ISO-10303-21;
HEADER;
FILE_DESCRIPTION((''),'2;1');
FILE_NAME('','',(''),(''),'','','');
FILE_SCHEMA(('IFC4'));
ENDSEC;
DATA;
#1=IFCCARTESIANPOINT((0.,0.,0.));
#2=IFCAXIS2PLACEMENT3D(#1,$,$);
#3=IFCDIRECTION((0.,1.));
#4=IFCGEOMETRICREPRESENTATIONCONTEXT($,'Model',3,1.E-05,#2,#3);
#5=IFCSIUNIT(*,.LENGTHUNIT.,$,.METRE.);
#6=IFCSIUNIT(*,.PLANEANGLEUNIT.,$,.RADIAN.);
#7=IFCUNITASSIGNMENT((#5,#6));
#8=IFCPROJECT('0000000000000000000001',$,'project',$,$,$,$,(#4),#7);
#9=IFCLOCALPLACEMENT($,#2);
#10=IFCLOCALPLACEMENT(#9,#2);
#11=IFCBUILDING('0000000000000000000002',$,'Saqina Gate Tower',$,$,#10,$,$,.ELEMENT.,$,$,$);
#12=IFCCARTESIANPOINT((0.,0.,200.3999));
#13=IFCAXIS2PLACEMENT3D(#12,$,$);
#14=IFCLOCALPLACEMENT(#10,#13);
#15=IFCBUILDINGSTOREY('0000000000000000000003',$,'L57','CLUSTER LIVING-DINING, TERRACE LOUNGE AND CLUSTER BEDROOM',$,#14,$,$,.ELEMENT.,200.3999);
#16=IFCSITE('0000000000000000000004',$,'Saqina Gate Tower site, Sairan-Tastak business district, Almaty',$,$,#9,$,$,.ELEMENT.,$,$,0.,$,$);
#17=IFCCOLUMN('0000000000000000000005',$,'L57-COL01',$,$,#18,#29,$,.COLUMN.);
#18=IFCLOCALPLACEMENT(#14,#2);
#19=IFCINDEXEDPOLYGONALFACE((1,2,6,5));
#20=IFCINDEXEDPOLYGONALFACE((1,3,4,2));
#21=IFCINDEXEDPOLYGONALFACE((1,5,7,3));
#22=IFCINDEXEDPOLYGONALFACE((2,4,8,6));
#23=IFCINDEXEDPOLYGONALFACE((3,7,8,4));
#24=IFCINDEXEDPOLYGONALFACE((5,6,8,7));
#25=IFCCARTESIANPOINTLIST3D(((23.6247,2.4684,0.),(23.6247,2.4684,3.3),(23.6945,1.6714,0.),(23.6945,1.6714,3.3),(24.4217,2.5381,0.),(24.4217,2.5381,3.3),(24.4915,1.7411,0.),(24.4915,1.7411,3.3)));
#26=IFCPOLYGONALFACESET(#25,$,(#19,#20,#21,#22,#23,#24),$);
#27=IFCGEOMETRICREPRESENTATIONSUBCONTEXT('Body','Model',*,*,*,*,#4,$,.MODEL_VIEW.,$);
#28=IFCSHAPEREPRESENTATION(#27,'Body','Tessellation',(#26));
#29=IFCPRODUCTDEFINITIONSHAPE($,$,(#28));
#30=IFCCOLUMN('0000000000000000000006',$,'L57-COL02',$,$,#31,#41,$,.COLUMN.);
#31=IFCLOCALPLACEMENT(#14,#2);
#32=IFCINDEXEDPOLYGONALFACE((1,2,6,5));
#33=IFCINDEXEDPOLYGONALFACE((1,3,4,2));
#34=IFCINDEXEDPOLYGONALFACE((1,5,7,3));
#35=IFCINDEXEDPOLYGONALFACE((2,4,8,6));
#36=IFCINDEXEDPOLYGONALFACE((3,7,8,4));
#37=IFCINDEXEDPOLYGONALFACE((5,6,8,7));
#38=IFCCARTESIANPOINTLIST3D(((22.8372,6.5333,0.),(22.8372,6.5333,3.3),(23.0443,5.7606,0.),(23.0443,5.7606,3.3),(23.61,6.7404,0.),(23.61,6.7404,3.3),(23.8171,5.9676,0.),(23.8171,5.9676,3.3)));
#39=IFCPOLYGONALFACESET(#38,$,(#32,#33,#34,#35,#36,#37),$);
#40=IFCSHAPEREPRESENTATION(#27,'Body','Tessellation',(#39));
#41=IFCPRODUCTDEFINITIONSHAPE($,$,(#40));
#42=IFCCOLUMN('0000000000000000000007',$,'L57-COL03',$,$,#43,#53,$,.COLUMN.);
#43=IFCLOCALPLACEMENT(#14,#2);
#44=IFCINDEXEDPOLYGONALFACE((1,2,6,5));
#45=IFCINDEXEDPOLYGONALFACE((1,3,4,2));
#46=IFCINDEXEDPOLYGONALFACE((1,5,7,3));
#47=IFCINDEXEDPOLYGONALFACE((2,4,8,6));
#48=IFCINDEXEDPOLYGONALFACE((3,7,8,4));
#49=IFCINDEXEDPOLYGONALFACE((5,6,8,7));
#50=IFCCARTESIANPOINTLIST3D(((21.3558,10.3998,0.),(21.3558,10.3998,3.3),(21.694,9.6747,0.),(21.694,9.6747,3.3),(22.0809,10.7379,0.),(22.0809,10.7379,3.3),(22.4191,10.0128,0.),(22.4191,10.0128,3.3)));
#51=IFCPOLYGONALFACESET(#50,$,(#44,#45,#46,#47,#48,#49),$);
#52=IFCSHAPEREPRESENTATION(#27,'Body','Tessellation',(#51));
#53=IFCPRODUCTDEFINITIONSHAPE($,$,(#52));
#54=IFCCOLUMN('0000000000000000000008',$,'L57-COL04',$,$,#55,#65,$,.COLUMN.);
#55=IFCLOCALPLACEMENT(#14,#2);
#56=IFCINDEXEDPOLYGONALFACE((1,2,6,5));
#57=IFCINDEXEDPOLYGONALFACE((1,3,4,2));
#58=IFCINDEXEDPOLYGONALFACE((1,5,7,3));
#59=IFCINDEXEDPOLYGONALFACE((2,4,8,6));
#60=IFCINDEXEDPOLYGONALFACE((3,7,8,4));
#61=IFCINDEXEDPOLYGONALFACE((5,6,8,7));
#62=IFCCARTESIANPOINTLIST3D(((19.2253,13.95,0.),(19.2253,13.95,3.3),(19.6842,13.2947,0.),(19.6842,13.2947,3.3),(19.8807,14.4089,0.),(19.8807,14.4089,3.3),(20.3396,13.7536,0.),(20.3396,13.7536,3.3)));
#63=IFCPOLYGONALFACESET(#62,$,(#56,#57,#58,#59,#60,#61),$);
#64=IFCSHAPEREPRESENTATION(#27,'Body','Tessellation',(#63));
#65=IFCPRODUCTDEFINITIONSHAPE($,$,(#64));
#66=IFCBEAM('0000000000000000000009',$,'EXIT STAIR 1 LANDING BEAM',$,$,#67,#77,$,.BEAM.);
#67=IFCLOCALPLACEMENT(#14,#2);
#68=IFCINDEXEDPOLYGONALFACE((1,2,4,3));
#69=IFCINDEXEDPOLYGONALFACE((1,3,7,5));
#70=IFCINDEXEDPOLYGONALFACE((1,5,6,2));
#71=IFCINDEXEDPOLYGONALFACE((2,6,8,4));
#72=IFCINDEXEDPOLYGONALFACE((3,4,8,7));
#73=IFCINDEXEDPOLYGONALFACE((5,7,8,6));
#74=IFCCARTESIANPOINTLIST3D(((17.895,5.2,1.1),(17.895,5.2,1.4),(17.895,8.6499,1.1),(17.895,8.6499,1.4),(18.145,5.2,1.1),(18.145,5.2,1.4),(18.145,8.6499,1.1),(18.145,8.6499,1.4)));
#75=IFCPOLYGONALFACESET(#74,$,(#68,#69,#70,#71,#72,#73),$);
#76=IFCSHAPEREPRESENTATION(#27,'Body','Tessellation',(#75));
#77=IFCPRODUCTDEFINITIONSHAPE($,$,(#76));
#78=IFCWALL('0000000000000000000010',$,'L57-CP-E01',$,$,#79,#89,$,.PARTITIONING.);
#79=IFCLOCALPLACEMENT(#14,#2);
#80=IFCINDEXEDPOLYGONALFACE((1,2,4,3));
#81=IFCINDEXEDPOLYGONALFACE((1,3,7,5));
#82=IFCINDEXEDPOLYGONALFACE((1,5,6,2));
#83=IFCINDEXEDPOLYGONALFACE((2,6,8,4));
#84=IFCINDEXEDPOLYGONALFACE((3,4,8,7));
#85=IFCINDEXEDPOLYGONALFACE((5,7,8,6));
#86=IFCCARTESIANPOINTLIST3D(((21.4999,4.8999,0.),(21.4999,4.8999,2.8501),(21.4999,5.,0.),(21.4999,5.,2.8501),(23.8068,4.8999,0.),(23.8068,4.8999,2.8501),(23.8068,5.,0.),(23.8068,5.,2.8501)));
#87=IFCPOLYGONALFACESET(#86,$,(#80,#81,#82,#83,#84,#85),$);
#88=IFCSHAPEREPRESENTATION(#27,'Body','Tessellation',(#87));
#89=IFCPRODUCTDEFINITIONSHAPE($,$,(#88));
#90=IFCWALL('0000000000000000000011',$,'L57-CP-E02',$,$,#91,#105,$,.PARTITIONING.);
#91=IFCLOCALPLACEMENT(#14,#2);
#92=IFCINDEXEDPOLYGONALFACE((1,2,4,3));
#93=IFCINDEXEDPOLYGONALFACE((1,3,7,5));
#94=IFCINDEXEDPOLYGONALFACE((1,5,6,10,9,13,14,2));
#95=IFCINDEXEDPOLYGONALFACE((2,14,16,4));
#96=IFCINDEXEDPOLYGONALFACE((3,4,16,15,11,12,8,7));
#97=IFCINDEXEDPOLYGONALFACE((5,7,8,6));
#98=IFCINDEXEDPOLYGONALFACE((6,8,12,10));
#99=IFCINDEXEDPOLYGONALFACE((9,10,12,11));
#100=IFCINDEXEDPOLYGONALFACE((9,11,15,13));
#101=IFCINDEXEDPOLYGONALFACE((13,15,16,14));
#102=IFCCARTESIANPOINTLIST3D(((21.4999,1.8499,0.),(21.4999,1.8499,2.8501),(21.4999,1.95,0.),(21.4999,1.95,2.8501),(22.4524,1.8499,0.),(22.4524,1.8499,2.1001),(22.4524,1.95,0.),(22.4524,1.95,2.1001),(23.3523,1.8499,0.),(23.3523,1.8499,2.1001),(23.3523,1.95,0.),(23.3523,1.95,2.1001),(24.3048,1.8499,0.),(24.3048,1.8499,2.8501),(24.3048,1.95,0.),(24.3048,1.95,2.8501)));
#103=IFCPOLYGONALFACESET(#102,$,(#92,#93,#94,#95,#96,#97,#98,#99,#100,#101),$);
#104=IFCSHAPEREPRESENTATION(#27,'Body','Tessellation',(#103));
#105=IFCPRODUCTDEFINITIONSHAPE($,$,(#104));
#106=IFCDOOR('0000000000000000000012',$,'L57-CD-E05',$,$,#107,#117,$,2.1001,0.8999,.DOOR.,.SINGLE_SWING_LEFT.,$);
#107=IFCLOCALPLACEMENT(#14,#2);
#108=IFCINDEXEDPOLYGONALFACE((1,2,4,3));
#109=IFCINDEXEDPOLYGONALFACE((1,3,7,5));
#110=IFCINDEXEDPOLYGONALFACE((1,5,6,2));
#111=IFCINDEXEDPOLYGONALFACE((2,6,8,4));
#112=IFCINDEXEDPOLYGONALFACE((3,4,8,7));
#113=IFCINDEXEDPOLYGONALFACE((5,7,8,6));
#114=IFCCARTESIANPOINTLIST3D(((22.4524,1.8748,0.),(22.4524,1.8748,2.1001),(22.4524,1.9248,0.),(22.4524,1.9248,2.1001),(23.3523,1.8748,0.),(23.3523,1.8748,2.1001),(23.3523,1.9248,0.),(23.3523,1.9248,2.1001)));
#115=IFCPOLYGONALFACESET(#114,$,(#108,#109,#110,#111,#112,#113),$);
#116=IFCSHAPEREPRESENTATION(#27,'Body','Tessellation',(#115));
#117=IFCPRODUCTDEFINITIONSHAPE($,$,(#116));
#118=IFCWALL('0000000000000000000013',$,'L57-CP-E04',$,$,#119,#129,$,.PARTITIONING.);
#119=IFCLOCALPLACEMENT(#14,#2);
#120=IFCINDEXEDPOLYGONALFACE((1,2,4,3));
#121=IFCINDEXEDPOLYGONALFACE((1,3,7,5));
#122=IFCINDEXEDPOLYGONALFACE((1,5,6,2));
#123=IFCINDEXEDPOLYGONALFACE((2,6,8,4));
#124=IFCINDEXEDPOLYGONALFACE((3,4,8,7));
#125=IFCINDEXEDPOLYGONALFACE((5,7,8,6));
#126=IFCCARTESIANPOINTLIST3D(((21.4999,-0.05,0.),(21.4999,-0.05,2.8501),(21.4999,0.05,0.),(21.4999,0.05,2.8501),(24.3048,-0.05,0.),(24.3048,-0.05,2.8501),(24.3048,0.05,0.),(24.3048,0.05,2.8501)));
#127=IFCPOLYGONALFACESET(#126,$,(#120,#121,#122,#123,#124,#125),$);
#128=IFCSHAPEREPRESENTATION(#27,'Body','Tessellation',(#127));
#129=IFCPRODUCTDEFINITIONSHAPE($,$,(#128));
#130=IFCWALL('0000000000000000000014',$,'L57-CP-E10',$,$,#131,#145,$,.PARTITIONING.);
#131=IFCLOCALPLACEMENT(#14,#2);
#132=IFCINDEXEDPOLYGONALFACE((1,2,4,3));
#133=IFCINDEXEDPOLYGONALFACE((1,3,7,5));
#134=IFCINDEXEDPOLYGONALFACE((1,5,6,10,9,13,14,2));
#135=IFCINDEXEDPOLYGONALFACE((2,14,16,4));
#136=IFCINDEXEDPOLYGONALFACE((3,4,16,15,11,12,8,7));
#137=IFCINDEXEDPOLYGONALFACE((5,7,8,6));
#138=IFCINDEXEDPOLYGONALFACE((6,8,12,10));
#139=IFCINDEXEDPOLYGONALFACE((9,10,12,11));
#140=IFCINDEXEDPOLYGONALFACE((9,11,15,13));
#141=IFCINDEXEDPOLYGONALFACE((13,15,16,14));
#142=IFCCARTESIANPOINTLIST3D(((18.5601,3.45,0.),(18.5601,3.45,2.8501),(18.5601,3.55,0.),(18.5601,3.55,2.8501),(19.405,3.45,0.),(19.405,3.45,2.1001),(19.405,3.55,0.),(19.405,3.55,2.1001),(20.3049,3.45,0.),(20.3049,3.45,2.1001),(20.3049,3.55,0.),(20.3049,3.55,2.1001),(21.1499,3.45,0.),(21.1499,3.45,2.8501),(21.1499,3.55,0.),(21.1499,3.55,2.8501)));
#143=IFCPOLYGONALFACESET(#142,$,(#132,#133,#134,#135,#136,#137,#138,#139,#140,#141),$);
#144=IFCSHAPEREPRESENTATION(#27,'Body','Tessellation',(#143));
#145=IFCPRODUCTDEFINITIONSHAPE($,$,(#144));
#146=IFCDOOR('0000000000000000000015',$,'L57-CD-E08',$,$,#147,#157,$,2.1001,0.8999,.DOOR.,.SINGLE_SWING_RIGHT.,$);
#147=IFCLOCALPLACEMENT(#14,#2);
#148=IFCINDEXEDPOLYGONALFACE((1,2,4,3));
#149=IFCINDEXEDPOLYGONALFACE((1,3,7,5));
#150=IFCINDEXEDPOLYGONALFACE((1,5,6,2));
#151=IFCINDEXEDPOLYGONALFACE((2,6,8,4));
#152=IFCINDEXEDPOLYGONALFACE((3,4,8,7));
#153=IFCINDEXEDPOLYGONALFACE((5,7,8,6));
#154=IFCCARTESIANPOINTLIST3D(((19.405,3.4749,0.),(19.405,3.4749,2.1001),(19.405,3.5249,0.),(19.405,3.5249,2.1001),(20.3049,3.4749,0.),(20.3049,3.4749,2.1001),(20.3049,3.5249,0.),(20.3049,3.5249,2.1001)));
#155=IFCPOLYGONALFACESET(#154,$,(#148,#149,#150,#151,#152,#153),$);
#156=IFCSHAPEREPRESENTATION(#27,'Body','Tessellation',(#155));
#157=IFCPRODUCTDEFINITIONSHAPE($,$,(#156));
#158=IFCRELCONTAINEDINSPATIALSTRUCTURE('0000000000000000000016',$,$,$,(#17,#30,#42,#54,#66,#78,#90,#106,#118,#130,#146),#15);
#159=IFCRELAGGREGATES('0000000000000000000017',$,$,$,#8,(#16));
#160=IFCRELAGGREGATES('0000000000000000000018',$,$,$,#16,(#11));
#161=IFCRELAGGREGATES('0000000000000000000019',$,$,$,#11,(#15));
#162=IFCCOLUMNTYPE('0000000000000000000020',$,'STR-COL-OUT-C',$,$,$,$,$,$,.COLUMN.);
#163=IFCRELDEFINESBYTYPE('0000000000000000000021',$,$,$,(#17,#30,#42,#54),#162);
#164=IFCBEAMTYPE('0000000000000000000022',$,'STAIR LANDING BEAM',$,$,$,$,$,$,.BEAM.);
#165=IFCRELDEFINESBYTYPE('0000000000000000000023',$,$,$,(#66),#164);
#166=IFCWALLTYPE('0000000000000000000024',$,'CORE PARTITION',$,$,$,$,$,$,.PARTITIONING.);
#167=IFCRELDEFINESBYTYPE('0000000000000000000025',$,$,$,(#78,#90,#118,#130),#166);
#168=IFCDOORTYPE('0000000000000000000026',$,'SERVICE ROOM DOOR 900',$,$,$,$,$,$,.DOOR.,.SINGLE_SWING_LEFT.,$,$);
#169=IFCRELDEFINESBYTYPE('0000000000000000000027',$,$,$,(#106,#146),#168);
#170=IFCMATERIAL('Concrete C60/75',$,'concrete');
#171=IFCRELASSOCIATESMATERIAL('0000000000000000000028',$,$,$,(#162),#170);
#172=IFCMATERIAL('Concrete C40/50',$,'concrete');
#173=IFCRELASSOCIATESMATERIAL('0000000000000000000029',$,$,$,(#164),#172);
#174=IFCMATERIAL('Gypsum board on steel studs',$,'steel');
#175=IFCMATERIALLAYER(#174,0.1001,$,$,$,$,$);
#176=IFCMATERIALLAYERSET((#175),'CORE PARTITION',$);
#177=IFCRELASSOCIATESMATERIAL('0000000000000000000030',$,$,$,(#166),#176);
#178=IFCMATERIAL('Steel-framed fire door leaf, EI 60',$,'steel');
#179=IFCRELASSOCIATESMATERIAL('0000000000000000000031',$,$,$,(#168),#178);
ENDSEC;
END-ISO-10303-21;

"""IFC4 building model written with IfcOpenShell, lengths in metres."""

from ifc_helpers import new_model, si_unit, direction, frame, frame_2d, origin, origin_2d, place, context, subcontext, project, spatial, rectangle, extrude, material, layer, layer_set, material_profile, profile_set, type_object, element, fill, save


model = new_model("IFC4")

# Units and contexts
model_context = context("Model", 3, precision=1e-05, world=origin(), true_north=direction((0.0, 1.0)))
body_context = subcontext(model_context, "Body", "Model", "MODEL_VIEW")
ifc_project = project(units=[si_unit("LENGTHUNIT", "METRE"), si_unit("PLANEANGLEUNIT", "RADIAN")], contexts=[model_context])

# Site, building, storey
site_placement = place(None, origin())
site = spatial("IfcSite", under=ifc_project, at=site_placement, Name="Saqina Gate Tower site, Sairan-Tastak business district, Almaty", CompositionType="ELEMENT", RefElevation=0.0)
building_placement = place(site_placement, origin())
building = spatial("IfcBuilding", under=site, at=building_placement, Name="Saqina Gate Tower", CompositionType="ELEMENT")
storey_placement = place(building_placement, frame((0.0, 0.0, 200.3999)))
storey = spatial("IfcBuildingStorey", under=building, at=storey_placement, Name="L57", Description="CLUSTER LIVING-DINING, TERRACE LOUNGE AND CLUSTER BEDROOM", CompositionType="ELEMENT", Elevation=200.3999)

# Columns
ifc_material_1 = material(Name="Concrete C60/75", Category="concrete")
ifc_material_profile_1 = material_profile(ifc_material_1, rectangle(XDim=0.8, YDim=0.8, at=origin_2d()), Name="RC 800x800")
ifc_profile_set_1 = profile_set([ifc_material_profile_1], Name="Concrete C60/75")
column_type = type_object("IfcColumnType", Name="STR-COL-OUT-C", PredefinedType="COLUMN", material=ifc_profile_set_1)
for number, where, z_axis, x_axis, name in (
    (1, (24.0581, 2.1047, 0.0), (0.0, 0.0, 1.0), (0.996195, 0.087156, 0.0), "L57-COL01"),
    (2, (23.3271, 6.2505, 0.0), (0.0, 0.0, 1.0), (0.965926, 0.258819, 0.0), "L57-COL02"),
    (3, (21.8875, 10.2063, 0.0), (0.0, 0.0, 1.0), (0.906308, 0.422618, 0.0), "L57-COL03"),
    (4, (19.7825, 13.8518, 0.0), (0.0, 0.0, 1.0), (0.819152, 0.573576, 0.0), "L57-COL04"),
):
    element("IfcColumn", number, at=place(storey_placement, frame(where, z_axis=z_axis, x_axis=x_axis)), inside=storey, type_object=column_type, Name=name, PredefinedType="COLUMN", context=body_context, shape_type="SweptSolid", body=[
        extrude(rectangle(XDim=0.8, YDim=0.8, at=origin_2d()), origin(), (0.0, 0.0, 1.0), 3.3),
    ])

# Beam
ifc_material_2 = material(Name="Concrete C40/50", Category="concrete")
ifc_material_profile_2 = material_profile(ifc_material_2, rectangle(XDim=0.25, YDim=0.3, at=origin_2d()), Name="STAIR LANDING BEAM")
ifc_profile_set_2 = profile_set([ifc_material_profile_2], Name="Concrete C40/50")
beam_type = type_object("IfcBeamType", Name="STAIR LANDING BEAM", PredefinedType="BEAM", material=ifc_profile_set_2)
beam_placement = place(storey_placement, frame((18.02, 5.2, 1.25), z_axis=(0.0, 1.0, 0.0), x_axis=(-1.0, 0.0, 0.0)))
element("IfcBeam", 5, at=beam_placement, inside=storey, type_object=beam_type, Name="EXIT STAIR 1 LANDING BEAM", PredefinedType="BEAM", context=body_context, shape_type="SweptSolid", body=[
    extrude(rectangle(XDim=0.25, YDim=0.3, at=origin_2d()), origin(), (0.0, 0.0, 1.0), 3.45),
])

# Wall
ifc_material_3 = material(Name="Gypsum board on steel studs", Category="steel")
ifc_layer_1 = layer(ifc_material_3, 0.1001)
ifc_layer_set_1 = layer_set([ifc_layer_1], Name="CORE PARTITION")
wall_type_1 = type_object("IfcWallType", Name="CORE PARTITION", PredefinedType="PARTITIONING", material=ifc_layer_set_1)
wall_1_placement = place(storey_placement, frame((21.5, 4.95, 0.0), z_axis=(0.0, 0.0, 1.0), x_axis=(1.0, 0.0, 0.0)))
element("IfcWall", 6, at=wall_1_placement, inside=storey, type_object=wall_type_1, Name="L57-CP-E01", PredefinedType="PARTITIONING", context=body_context, shape_type="SweptSolid", body=[
    extrude(rectangle(XDim=2.3069, YDim=0.1001, at=frame_2d((1.1533, 0.0))), origin(), (0.0, 0.0, 1.0), 2.8501),
])

# Wall, opening, door
wall_2_placement = place(storey_placement, frame((21.5, 1.8999, 0.0), z_axis=(0.0, 0.0, 1.0), x_axis=(1.0, 0.0, 0.0)))
wall_2 = element("IfcWall", 7, at=wall_2_placement, inside=storey, type_object=wall_type_1, Name="L57-CP-E02", PredefinedType="PARTITIONING", context=body_context, shape_type="SweptSolid", body=[
    extrude(rectangle(XDim=2.8049, YDim=0.1001, at=frame_2d((1.4023, 0.0))), origin(), (0.0, 0.0, 1.0), 2.8501),
])
opening_1_placement = place(wall_2_placement, frame((0.9524, 0.0, 0.0)))
opening_1 = element("IfcOpeningElement", 8, at=opening_1_placement, cuts=wall_2, PredefinedType="OPENING", context=body_context, shape_type="SweptSolid", body=[
    extrude(rectangle(XDim=0.8999, YDim=2.1001, at=frame_2d((0.45, 1.05))), frame((0.0, 0.062, 0.0), z_axis=(0.0, -1.0, 0.0), x_axis=(1.0, 0.0, 0.0)), (0.0, 0.0, 1.0), 0.124),
])
ifc_material_4 = material(Name="Steel-framed fire door leaf, EI 60", Category="steel")
door_type_1 = type_object("IfcDoorType", Name="SERVICE ROOM DOOR 900", OperationType="SINGLE_SWING_LEFT", PredefinedType="DOOR", material=ifc_material_4)
door_1_placement = place(opening_1_placement, origin())
door_1 = element("IfcDoor", 9, at=door_1_placement, inside=storey, type_object=door_type_1, Name="L57-CD-E05", OperationType="SINGLE_SWING_LEFT", OverallHeight=2.1001, OverallWidth=0.8999, PredefinedType="DOOR", context=body_context, shape_type="SweptSolid", body=[
    extrude(rectangle(XDim=0.8999, YDim=2.1001, at=frame_2d((0.45, 1.05))), frame((0.0, 0.0249, 0.0), z_axis=(0.0, -1.0, 0.0), x_axis=(1.0, 0.0, 0.0)), (0.0, 0.0, 1.0), 0.05),
])
fill(opening_1, door_1)

# Wall
wall_3_placement = place(storey_placement, frame((21.5, 0.0, 0.0), z_axis=(0.0, 0.0, 1.0), x_axis=(1.0, 0.0, 0.0)))
element("IfcWall", 10, at=wall_3_placement, inside=storey, type_object=wall_type_1, Name="L57-CP-E04", PredefinedType="PARTITIONING", context=body_context, shape_type="SweptSolid", body=[
    extrude(rectangle(XDim=2.8049, YDim=0.1001, at=frame_2d((1.4023, 0.0))), origin(), (0.0, 0.0, 1.0), 2.8501),
])

# Wall, opening, door
wall_4_placement = place(storey_placement, frame((18.5601, 3.5, 0.0), z_axis=(0.0, 0.0, 1.0), x_axis=(1.0, 0.0, 0.0)))
wall_4 = element("IfcWall", 11, at=wall_4_placement, inside=storey, type_object=wall_type_1, Name="L57-CP-E10", PredefinedType="PARTITIONING", context=body_context, shape_type="SweptSolid", body=[
    extrude(rectangle(XDim=2.5898, YDim=0.1001, at=frame_2d((1.2949, 0.0))), origin(), (0.0, 0.0, 1.0), 2.8501),
])
opening_2_placement = place(wall_4_placement, frame((0.845, 0.0, 0.0)))
opening_2 = element("IfcOpeningElement", 12, at=opening_2_placement, cuts=wall_4, PredefinedType="OPENING", context=body_context, shape_type="SweptSolid", body=[
    extrude(rectangle(XDim=0.8999, YDim=2.1001, at=frame_2d((0.45, 1.05))), frame((0.0, 0.062, 0.0), z_axis=(0.0, -1.0, 0.0), x_axis=(1.0, 0.0, 0.0)), (0.0, 0.0, 1.0), 0.124),
])
door_2_placement = place(opening_2_placement, origin())
door_2 = element("IfcDoor", 13, at=door_2_placement, inside=storey, type_object=door_type_1, Name="L57-CD-E08", OperationType="SINGLE_SWING_RIGHT", OverallHeight=2.1001, OverallWidth=0.8999, PredefinedType="DOOR", context=body_context, shape_type="SweptSolid", body=[
    extrude(rectangle(XDim=0.8999, YDim=2.1001, at=frame_2d((0.45, 1.05))), frame((0.0, 0.0249, 0.0), z_axis=(0.0, -1.0, 0.0), x_axis=(1.0, 0.0, 0.0)), (0.0, 0.0, 1.0), 0.05),
])
fill(opening_2, door_2)

save(model, "model.ifc")
